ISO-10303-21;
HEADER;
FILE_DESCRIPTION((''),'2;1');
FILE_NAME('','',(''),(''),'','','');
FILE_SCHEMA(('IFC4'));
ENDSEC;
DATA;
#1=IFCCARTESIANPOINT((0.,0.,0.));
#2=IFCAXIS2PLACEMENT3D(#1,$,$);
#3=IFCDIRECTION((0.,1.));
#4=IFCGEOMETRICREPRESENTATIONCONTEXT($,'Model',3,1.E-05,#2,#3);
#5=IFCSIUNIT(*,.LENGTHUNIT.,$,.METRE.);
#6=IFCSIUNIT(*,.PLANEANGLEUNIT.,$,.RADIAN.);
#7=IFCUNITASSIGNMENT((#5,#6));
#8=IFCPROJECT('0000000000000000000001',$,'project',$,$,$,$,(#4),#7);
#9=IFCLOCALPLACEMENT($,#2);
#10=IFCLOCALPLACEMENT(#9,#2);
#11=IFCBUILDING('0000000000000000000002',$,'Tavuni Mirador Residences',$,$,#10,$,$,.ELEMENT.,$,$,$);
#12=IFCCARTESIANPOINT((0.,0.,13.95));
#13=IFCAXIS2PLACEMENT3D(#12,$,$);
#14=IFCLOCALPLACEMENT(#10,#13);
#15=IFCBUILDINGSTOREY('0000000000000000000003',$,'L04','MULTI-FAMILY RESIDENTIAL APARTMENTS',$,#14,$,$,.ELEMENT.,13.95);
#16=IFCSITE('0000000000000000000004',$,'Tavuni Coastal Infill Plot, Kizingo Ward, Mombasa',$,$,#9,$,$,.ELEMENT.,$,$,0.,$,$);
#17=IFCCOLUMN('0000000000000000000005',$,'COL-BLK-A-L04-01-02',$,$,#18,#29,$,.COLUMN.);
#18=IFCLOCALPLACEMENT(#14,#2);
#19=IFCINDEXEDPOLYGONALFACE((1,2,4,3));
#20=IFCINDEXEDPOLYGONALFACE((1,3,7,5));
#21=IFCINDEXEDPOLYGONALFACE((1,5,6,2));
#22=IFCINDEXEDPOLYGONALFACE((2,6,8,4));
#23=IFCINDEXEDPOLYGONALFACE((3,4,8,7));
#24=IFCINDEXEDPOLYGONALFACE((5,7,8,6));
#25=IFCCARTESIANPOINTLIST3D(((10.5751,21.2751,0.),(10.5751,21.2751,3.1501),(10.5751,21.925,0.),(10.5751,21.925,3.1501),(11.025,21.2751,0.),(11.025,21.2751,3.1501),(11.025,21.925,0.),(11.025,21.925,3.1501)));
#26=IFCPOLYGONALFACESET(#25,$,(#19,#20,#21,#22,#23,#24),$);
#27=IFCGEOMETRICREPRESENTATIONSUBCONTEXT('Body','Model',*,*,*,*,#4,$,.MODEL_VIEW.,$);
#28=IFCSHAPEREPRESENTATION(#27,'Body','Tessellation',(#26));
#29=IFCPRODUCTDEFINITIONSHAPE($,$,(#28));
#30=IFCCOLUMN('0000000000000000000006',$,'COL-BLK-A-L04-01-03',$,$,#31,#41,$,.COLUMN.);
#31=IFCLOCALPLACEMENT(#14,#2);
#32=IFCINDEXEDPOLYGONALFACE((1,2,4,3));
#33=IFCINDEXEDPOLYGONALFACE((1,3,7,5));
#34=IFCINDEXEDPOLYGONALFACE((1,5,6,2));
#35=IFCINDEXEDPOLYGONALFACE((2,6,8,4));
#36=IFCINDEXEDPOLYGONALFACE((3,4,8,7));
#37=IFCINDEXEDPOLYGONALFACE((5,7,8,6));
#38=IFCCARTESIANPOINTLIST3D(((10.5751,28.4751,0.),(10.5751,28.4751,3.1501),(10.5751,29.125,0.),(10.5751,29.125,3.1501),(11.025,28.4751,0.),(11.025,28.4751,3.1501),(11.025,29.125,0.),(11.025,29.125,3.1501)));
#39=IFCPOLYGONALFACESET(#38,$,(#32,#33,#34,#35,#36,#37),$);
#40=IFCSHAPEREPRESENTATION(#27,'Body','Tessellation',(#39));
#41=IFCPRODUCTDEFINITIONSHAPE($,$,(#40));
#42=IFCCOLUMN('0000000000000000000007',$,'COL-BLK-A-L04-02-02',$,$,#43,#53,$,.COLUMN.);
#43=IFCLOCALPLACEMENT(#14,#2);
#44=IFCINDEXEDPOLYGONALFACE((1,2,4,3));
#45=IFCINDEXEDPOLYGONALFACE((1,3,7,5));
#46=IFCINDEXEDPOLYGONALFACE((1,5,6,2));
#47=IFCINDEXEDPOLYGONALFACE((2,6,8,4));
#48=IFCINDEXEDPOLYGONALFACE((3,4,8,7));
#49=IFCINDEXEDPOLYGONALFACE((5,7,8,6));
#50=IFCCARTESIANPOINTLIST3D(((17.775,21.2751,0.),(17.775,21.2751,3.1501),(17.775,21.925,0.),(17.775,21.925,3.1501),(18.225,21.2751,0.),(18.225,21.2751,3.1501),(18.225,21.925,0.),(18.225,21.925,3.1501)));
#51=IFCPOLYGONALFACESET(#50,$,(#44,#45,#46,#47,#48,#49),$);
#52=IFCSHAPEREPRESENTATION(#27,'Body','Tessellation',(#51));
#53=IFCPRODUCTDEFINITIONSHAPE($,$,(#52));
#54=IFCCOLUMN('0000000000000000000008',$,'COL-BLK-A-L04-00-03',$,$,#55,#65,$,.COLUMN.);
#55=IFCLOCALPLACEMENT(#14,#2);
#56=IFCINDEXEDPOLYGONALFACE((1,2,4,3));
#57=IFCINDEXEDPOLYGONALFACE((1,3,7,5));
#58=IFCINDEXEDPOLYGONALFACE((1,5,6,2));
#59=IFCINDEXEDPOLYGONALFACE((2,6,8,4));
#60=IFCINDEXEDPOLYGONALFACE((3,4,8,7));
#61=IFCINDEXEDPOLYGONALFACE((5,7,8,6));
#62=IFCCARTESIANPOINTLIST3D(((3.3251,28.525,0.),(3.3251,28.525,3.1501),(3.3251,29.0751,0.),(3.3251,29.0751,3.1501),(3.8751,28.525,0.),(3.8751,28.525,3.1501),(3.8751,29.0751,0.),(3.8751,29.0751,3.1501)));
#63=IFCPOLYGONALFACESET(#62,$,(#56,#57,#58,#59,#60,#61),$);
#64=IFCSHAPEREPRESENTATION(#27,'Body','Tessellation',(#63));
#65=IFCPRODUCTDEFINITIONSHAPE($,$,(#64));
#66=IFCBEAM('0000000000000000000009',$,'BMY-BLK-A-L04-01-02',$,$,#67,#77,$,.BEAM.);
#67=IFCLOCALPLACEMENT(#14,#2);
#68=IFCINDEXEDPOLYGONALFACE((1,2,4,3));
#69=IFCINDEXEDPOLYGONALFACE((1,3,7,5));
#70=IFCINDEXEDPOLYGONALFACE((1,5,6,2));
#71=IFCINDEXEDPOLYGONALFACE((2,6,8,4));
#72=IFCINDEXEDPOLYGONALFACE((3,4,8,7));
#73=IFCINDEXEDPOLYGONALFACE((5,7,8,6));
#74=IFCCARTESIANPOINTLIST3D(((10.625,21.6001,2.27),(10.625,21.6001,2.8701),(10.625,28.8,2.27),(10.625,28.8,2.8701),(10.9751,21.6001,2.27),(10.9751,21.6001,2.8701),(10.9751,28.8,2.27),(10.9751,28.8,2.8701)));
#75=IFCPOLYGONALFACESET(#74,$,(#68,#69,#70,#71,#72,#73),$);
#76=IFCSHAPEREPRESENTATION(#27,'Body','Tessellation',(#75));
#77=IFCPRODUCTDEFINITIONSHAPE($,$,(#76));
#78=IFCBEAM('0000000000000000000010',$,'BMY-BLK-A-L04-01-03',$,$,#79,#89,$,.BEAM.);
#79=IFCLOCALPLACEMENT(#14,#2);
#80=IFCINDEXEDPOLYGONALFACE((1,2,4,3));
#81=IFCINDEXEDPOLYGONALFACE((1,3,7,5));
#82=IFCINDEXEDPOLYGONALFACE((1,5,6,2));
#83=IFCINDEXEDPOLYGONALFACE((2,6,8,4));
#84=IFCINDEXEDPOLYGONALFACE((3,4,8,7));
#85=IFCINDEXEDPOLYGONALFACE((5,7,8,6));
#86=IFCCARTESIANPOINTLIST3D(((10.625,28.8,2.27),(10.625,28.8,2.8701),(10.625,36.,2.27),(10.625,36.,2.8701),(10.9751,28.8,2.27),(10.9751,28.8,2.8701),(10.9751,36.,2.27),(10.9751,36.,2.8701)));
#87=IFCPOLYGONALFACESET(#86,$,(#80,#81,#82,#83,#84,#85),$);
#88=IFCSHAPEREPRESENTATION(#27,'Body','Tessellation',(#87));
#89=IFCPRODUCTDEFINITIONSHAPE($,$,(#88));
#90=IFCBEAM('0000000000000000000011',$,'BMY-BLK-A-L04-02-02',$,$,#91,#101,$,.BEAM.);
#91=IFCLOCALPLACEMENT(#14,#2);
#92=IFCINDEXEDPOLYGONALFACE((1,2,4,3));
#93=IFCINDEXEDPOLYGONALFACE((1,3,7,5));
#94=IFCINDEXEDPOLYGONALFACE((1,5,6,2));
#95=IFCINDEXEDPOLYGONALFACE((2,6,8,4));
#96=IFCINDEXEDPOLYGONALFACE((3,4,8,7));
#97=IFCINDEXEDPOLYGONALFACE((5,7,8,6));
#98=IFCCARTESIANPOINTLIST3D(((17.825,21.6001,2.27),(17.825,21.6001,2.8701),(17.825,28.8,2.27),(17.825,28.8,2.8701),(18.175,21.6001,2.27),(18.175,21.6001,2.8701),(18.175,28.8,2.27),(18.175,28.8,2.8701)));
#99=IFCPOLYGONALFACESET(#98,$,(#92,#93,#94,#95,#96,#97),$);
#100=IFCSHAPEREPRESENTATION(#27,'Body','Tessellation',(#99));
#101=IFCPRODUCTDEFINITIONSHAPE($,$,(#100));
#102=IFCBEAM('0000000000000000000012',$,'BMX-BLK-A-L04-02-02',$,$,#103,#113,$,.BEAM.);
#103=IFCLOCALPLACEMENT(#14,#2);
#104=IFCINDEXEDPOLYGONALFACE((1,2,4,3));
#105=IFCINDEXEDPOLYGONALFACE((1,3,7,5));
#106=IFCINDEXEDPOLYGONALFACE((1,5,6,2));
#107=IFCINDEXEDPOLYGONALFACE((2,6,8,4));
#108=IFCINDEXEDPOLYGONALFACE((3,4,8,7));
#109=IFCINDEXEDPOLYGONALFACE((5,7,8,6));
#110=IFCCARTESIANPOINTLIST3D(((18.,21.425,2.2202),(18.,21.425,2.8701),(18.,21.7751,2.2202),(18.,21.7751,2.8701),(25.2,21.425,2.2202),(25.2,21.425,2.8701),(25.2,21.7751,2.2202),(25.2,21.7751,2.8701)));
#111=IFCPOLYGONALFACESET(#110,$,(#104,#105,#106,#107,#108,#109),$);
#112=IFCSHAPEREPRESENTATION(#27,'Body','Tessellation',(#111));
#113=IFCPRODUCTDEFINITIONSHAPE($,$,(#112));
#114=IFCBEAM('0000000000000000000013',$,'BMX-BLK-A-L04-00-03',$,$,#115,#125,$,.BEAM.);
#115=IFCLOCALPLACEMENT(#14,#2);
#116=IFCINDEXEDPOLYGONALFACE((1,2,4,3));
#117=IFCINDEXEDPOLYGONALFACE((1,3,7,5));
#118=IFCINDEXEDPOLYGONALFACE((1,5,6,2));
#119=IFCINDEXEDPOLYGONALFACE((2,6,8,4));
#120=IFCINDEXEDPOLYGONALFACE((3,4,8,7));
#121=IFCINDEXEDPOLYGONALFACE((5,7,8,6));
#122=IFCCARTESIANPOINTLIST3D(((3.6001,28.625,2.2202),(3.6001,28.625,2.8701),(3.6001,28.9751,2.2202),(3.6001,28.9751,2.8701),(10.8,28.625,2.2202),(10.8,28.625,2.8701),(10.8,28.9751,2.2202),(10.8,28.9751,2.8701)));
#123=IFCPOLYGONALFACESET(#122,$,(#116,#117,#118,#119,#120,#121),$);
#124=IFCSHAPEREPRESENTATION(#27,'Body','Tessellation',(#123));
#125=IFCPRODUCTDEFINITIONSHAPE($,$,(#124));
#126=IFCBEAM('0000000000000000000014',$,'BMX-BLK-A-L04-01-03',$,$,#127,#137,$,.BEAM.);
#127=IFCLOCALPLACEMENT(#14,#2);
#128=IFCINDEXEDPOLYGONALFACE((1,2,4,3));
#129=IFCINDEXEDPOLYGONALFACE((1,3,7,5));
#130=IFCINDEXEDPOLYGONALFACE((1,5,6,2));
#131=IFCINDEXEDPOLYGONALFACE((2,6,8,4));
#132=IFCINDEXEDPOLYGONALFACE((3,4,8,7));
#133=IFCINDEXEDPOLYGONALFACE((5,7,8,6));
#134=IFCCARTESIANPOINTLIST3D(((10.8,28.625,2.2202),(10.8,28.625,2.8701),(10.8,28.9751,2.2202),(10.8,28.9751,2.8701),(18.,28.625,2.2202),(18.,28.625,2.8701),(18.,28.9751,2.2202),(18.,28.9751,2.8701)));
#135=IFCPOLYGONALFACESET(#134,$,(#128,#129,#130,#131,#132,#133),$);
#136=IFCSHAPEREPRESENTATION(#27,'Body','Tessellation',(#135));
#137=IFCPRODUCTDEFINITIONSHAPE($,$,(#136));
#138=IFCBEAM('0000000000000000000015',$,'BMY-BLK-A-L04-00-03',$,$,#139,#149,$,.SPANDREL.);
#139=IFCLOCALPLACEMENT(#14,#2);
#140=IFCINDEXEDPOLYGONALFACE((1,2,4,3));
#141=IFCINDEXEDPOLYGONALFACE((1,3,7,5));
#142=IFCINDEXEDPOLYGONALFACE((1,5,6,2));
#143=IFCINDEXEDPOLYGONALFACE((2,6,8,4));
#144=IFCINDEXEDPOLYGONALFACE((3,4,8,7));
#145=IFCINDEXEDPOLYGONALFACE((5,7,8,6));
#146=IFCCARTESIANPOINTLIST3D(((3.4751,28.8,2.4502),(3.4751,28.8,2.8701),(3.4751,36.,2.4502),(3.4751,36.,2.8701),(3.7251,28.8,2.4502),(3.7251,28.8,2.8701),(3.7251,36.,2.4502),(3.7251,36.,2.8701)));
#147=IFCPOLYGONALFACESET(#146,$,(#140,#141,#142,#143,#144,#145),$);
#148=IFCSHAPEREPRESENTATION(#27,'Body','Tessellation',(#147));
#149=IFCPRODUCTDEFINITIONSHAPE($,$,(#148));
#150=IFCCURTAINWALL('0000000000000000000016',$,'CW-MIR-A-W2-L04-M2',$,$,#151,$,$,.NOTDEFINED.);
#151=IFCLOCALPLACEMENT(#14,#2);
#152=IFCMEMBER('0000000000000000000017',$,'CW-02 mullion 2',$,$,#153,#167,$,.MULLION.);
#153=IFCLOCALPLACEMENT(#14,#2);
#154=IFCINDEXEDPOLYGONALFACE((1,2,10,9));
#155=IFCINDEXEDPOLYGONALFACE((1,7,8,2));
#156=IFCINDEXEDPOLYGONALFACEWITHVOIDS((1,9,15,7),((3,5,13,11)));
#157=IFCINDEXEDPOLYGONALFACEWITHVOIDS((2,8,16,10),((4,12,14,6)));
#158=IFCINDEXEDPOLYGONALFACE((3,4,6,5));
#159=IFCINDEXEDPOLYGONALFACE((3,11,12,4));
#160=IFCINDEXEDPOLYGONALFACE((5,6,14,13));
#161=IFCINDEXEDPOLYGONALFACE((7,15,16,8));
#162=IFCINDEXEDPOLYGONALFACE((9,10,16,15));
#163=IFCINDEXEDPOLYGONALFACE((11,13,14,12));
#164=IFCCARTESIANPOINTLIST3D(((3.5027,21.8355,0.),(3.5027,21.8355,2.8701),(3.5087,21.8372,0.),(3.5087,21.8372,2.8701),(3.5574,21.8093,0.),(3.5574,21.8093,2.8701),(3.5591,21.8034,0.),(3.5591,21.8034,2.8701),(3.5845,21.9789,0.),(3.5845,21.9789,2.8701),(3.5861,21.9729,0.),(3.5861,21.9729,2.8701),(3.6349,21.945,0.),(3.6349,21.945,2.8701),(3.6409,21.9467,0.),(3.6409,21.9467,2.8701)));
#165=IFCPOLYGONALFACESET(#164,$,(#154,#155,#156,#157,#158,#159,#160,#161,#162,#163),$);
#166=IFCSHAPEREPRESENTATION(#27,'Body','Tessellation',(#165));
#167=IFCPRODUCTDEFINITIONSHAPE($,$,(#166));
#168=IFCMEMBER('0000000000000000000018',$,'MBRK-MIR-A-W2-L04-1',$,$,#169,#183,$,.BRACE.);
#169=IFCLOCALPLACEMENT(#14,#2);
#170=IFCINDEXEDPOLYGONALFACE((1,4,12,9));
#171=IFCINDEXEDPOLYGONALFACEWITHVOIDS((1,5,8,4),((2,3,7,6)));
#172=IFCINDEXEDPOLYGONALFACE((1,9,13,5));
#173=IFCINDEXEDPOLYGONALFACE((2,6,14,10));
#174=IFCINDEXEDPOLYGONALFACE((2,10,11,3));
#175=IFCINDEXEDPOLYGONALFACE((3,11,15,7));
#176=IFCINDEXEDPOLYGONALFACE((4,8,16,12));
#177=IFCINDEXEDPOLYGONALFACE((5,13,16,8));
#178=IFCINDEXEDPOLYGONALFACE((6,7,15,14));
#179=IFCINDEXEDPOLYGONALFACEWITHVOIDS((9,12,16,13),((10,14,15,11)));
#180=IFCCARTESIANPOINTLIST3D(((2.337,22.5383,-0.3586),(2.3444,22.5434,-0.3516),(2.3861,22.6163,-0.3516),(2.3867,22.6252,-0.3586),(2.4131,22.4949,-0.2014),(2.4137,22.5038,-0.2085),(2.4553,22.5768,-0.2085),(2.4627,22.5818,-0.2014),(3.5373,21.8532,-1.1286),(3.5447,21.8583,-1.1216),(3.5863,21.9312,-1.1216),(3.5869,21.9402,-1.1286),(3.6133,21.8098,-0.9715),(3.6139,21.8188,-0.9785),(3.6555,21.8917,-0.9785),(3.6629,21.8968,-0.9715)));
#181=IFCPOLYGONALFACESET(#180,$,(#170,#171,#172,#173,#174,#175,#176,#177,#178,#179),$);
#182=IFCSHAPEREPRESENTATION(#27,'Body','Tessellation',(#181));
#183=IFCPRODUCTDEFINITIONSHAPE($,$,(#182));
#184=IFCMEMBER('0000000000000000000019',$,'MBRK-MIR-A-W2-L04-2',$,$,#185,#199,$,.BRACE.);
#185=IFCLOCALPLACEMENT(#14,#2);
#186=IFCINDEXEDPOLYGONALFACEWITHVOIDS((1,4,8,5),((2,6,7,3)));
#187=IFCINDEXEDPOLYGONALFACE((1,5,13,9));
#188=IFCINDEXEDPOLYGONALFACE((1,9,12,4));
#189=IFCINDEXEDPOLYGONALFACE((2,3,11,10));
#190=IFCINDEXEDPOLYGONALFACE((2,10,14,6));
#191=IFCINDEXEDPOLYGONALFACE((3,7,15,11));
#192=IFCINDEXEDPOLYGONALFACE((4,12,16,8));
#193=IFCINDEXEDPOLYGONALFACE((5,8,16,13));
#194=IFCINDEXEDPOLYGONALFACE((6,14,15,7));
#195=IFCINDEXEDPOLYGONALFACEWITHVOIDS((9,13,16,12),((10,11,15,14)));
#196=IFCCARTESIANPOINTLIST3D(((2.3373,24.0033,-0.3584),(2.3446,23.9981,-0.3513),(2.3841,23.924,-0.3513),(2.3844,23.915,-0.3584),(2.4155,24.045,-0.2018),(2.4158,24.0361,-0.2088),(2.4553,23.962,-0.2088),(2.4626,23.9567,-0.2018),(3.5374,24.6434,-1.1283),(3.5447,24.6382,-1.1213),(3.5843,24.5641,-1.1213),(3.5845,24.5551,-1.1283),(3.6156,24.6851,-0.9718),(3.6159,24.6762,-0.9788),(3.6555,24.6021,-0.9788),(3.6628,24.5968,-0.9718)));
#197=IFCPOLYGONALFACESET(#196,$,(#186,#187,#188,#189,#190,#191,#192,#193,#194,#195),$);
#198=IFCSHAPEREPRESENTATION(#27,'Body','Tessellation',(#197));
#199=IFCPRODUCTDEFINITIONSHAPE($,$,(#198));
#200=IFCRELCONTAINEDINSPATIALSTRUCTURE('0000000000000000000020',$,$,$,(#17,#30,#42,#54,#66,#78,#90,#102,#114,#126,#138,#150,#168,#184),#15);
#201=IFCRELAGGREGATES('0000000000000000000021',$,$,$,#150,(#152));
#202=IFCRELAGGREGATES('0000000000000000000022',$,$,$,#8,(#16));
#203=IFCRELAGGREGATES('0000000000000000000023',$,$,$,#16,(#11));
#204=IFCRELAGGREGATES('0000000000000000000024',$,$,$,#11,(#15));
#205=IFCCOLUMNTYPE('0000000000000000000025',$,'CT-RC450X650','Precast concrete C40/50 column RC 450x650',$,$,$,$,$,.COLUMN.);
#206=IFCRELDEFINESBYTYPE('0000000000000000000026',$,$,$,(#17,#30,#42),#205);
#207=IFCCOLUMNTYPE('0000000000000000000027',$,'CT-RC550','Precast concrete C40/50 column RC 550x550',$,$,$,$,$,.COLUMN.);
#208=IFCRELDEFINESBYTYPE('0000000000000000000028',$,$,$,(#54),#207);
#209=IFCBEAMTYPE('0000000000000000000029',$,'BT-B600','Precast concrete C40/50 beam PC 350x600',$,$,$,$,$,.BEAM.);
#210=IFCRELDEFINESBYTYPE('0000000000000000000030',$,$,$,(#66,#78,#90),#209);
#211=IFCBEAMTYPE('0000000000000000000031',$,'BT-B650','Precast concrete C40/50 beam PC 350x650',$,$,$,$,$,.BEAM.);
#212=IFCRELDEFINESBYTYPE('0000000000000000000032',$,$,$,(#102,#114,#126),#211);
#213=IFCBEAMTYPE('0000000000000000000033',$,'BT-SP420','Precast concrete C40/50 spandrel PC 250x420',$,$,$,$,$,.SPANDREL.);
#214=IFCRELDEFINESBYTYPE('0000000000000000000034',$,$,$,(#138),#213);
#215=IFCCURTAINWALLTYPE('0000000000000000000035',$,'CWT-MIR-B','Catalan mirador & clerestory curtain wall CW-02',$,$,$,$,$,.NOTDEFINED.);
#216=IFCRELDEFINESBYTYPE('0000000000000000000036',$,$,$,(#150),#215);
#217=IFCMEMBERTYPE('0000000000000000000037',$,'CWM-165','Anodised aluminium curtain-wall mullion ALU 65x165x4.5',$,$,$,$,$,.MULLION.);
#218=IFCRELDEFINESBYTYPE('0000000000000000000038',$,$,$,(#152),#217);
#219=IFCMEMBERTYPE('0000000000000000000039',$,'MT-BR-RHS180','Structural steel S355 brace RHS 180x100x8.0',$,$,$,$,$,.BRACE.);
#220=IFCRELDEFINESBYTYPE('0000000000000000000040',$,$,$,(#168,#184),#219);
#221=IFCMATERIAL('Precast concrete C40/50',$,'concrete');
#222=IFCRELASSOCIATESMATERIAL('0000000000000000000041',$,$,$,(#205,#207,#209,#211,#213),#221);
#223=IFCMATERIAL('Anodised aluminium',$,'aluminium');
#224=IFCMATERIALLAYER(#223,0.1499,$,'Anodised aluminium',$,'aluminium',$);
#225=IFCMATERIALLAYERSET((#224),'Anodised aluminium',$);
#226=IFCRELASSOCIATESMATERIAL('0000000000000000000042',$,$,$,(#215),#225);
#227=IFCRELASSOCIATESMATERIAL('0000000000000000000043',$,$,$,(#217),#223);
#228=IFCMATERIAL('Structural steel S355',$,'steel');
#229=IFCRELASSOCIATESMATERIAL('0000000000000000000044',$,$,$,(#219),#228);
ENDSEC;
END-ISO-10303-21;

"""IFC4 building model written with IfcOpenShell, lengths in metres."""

from ifc_helpers import new_model, si_unit, direction, frame, origin, origin_2d, place, context, subcontext, project, spatial, rectangle, hollow_rectangle, extrude, material, layer, layer_set, material_profile, profile_set, type_object, element, aggregate, save


model = new_model("IFC4")

# Units and contexts
model_context = context("Model", 3, precision=1e-05, world=origin(), true_north=direction((0.0, 1.0)))
body_context = subcontext(model_context, "Body", "Model", "MODEL_VIEW")
ifc_project = project(units=[si_unit("LENGTHUNIT", "METRE"), si_unit("PLANEANGLEUNIT", "RADIAN")], contexts=[model_context])

# Site, building, storey
site_placement = place(None, origin())
site = spatial("IfcSite", under=ifc_project, at=site_placement, Name="Tavuni Coastal Infill Plot, Kizingo Ward, Mombasa", CompositionType="ELEMENT", RefElevation=0.0)
building_placement = place(site_placement, origin())
building = spatial("IfcBuilding", under=site, at=building_placement, Name="Tavuni Mirador Residences", CompositionType="ELEMENT")
storey_placement = place(building_placement, frame((0.0, 0.0, 13.95)))
storey = spatial("IfcBuildingStorey", under=building, at=storey_placement, Name="L04", Description="MULTI-FAMILY RESIDENTIAL APARTMENTS", CompositionType="ELEMENT", Elevation=13.95)

# Columns
ifc_material_1 = material(Name="Precast concrete C40/50", Category="concrete")
ifc_material_profile_1 = material_profile(ifc_material_1, rectangle(XDim=0.45, YDim=0.6499, at=origin_2d()), Name="RC 450x650", Category="concrete")
ifc_profile_set_1 = profile_set([ifc_material_profile_1], Name="Precast concrete C40/50")
column_type_1 = type_object("IfcColumnType", Name="CT-RC450X650", Description="Precast concrete C40/50 column RC 450x650", PredefinedType="COLUMN", material=ifc_profile_set_1)
for number, where, z_axis, x_axis, name in (
    (1, (10.8, 21.6001, 0.0), (0.0, 0.0, 1.0), (1.0, 0.0, 0.0), "COL-BLK-A-L04-01-02"),
    (2, (10.8, 28.8, 0.0), (0.0, 0.0, 1.0), (1.0, 0.0, 0.0), "COL-BLK-A-L04-01-03"),
    (3, (18.0, 21.6001, 0.0), (0.0, 0.0, 1.0), (1.0, 0.0, 0.0), "COL-BLK-A-L04-02-02"),
):
    element("IfcColumn", number, at=place(storey_placement, frame(where, z_axis=z_axis, x_axis=x_axis)), inside=storey, type_object=column_type_1, Name=name, PredefinedType="COLUMN", context=body_context, shape_type="SweptSolid", body=[
        extrude(rectangle(XDim=0.45, YDim=0.6499, at=origin_2d()), origin(), (0.0, 0.0, 1.0), 3.1501),
    ])
ifc_material_profile_2 = material_profile(ifc_material_1, rectangle(XDim=0.55, YDim=0.55, at=origin_2d()), Name="RC 550x550", Category="concrete")
ifc_profile_set_2 = profile_set([ifc_material_profile_2], Name="Precast concrete C40/50")
column_type_2 = type_object("IfcColumnType", Name="CT-RC550", Description="Precast concrete C40/50 column RC 550x550", PredefinedType="COLUMN", material=ifc_profile_set_2)
column_placement = place(storey_placement, frame((3.6001, 28.8, 0.0), z_axis=(0.0, 0.0, 1.0), x_axis=(1.0, 0.0, 0.0)))
element("IfcColumn", 4, at=column_placement, inside=storey, type_object=column_type_2, Name="COL-BLK-A-L04-00-03", PredefinedType="COLUMN", context=body_context, shape_type="SweptSolid", body=[
    extrude(rectangle(XDim=0.55, YDim=0.55, at=origin_2d()), origin(), (0.0, 0.0, 1.0), 3.1501),
])

# Beams
ifc_material_profile_3 = material_profile(ifc_material_1, rectangle(XDim=0.3501, YDim=0.6001, at=origin_2d()), Name="PC 350x600", Category="concrete")
ifc_profile_set_3 = profile_set([ifc_material_profile_3], Name="Precast concrete C40/50")
beam_type_1 = type_object("IfcBeamType", Name="BT-B600", Description="Precast concrete C40/50 beam PC 350x600", PredefinedType="BEAM", material=ifc_profile_set_3)
for number, where, z_axis, x_axis, name in (
    (5, (10.8, 21.6001, 2.5701), (0.0, 1.0, 0.0), (-1.0, 0.0, 0.0), "BMY-BLK-A-L04-01-02"),
    (6, (10.8, 28.8, 2.5701), (0.0, 1.0, 0.0), (-1.0, 0.0, 0.0), "BMY-BLK-A-L04-01-03"),
    (7, (18.0, 21.6001, 2.5701), (0.0, 1.0, 0.0), (-1.0, 0.0, 0.0), "BMY-BLK-A-L04-02-02"),
):
    element("IfcBeam", number, at=place(storey_placement, frame(where, z_axis=z_axis, x_axis=x_axis)), inside=storey, type_object=beam_type_1, Name=name, PredefinedType="BEAM", context=body_context, shape_type="SweptSolid", body=[
        extrude(rectangle(XDim=0.3501, YDim=0.6001, at=origin_2d()), origin(), (0.0, 0.0, 1.0), 7.2),
    ])
ifc_material_profile_4 = material_profile(ifc_material_1, rectangle(XDim=0.3501, YDim=0.6499, at=origin_2d()), Name="PC 350x650", Category="concrete")
ifc_profile_set_4 = profile_set([ifc_material_profile_4], Name="Precast concrete C40/50")
beam_type_2 = type_object("IfcBeamType", Name="BT-B650", Description="Precast concrete C40/50 beam PC 350x650", PredefinedType="BEAM", material=ifc_profile_set_4)
for number, where, z_axis, x_axis, name in (
    (8, (18.0, 21.6001, 2.5452), (1.0, 0.0, 0.0), (0.0, 1.0, 0.0), "BMX-BLK-A-L04-02-02"),
    (9, (3.6001, 28.8, 2.5452), (1.0, 0.0, 0.0), (0.0, 1.0, 0.0), "BMX-BLK-A-L04-00-03"),
    (10, (10.8, 28.8, 2.5452), (1.0, 0.0, 0.0), (0.0, 1.0, 0.0), "BMX-BLK-A-L04-01-03"),
):
    element("IfcBeam", number, at=place(storey_placement, frame(where, z_axis=z_axis, x_axis=x_axis)), inside=storey, type_object=beam_type_2, Name=name, PredefinedType="BEAM", context=body_context, shape_type="SweptSolid", body=[
        extrude(rectangle(XDim=0.3501, YDim=0.6499, at=origin_2d()), origin(), (0.0, 0.0, 1.0), 7.2),
    ])
ifc_material_profile_5 = material_profile(ifc_material_1, rectangle(XDim=0.25, YDim=0.4199, at=origin_2d()), Name="PC 250x420", Category="concrete")
ifc_profile_set_5 = profile_set([ifc_material_profile_5], Name="Precast concrete C40/50")
beam_type_3 = type_object("IfcBeamType", Name="BT-SP420", Description="Precast concrete C40/50 spandrel PC 250x420", PredefinedType="SPANDREL", material=ifc_profile_set_5)
beam_placement = place(storey_placement, frame((3.6001, 28.8, 2.6602), z_axis=(0.0, 1.0, 0.0), x_axis=(-1.0, 0.0, 0.0)))
element("IfcBeam", 11, at=beam_placement, inside=storey, type_object=beam_type_3, Name="BMY-BLK-A-L04-00-03", PredefinedType="SPANDREL", context=body_context, shape_type="SweptSolid", body=[
    extrude(rectangle(XDim=0.25, YDim=0.4199, at=origin_2d()), origin(), (0.0, 0.0, 1.0), 7.2),
])

# Curtain wall, member
ifc_material_2 = material(Name="Anodised aluminium", Category="aluminium")
ifc_layer_1 = layer(ifc_material_2, 0.1499, Name="Anodised aluminium", Category="aluminium")
ifc_layer_set_1 = layer_set([ifc_layer_1], Name="Anodised aluminium")
curtain_wall_type = type_object("IfcCurtainWallType", Name="CWT-MIR-B", Description="Catalan mirador & clerestory curtain wall CW-02", PredefinedType="NOTDEFINED", material=ifc_layer_set_1)
curtain_wall_placement = place(storey_placement, origin())
curtain_wall = element("IfcCurtainWall", 12, at=curtain_wall_placement, inside=storey, type_object=curtain_wall_type, Name="CW-MIR-A-W2-L04-M2", PredefinedType="NOTDEFINED")
ifc_material_profile_6 = material_profile(ifc_material_2, hollow_rectangle(XDim=0.0649, YDim=0.165, WallThickness=0.0044, at=origin_2d()), Name="ALU 65x165x4.5", Category="aluminium")
ifc_profile_set_6 = profile_set([ifc_material_profile_6], Name="Anodised aluminium")
member_type_1 = type_object("IfcMemberType", Name="CWM-165", Description="Anodised aluminium curtain-wall mullion ALU 65x165x4.5", PredefinedType="MULLION", material=ifc_profile_set_6)
member_1_placement = place(storey_placement, frame((3.5718, 21.8911, 0.0), z_axis=(0.0, 0.0, 1.0), x_axis=(0.868466, -0.495749, 0.0)))
member_1 = element("IfcMember", 13, at=member_1_placement, type_object=member_type_1, Name="CW-02 mullion 2", PredefinedType="MULLION", context=body_context, shape_type="SweptSolid", body=[
    extrude(hollow_rectangle(XDim=0.0649, YDim=0.165, WallThickness=0.0044, at=origin_2d()), origin(), (0.0, 0.0, 1.0), 2.8701),
])
aggregate(curtain_wall, [member_1])

# Members
ifc_material_3 = material(Name="Structural steel S355", Category="steel")
ifc_material_profile_7 = material_profile(ifc_material_3, hollow_rectangle(XDim=0.1001, YDim=0.1799, WallThickness=0.0081, at=origin_2d()), Name="RHS 180x100x8.0", Category="steel")
ifc_profile_set_7 = profile_set([ifc_material_profile_7], Name="Structural steel S355")
member_type_2 = type_object("IfcMemberType", Name="MT-BR-RHS180", Description="Structural steel S355 brace RHS 180x100x8.0", PredefinedType="BRACE", material=ifc_profile_set_7)
member_2_placement = place(storey_placement, frame((3.6001, 21.875, -1.05), z_axis=(-0.75866, 0.433035, 0.48674), x_axis=(-0.49572, -0.868482, 0.0)))
element("IfcMember", 14, at=member_2_placement, inside=storey, type_object=member_type_2, Name="MBRK-MIR-A-W2-L04-1", PredefinedType="BRACE", context=body_context, shape_type="SweptSolid", body=[
    extrude(hollow_rectangle(XDim=0.1001, YDim=0.1799, WallThickness=0.0081, at=origin_2d()), origin(), (0.0, 0.0, 1.0), 1.582),
])
member_3_placement = place(storey_placement, frame((3.6001, 24.6201, -1.05), z_axis=(-0.767847, -0.409539, 0.492634), x_axis=(0.470607, -0.882343, 0.0)))
element("IfcMember", 15, at=member_3_placement, inside=storey, type_object=member_type_2, Name="MBRK-MIR-A-W2-L04-2", PredefinedType="BRACE", context=body_context, shape_type="SweptSolid", body=[
    extrude(hollow_rectangle(XDim=0.1001, YDim=0.1799, WallThickness=0.0081, at=origin_2d()), origin(), (0.0, 0.0, 1.0), 1.563),
])

save(model, "model.ifc")
